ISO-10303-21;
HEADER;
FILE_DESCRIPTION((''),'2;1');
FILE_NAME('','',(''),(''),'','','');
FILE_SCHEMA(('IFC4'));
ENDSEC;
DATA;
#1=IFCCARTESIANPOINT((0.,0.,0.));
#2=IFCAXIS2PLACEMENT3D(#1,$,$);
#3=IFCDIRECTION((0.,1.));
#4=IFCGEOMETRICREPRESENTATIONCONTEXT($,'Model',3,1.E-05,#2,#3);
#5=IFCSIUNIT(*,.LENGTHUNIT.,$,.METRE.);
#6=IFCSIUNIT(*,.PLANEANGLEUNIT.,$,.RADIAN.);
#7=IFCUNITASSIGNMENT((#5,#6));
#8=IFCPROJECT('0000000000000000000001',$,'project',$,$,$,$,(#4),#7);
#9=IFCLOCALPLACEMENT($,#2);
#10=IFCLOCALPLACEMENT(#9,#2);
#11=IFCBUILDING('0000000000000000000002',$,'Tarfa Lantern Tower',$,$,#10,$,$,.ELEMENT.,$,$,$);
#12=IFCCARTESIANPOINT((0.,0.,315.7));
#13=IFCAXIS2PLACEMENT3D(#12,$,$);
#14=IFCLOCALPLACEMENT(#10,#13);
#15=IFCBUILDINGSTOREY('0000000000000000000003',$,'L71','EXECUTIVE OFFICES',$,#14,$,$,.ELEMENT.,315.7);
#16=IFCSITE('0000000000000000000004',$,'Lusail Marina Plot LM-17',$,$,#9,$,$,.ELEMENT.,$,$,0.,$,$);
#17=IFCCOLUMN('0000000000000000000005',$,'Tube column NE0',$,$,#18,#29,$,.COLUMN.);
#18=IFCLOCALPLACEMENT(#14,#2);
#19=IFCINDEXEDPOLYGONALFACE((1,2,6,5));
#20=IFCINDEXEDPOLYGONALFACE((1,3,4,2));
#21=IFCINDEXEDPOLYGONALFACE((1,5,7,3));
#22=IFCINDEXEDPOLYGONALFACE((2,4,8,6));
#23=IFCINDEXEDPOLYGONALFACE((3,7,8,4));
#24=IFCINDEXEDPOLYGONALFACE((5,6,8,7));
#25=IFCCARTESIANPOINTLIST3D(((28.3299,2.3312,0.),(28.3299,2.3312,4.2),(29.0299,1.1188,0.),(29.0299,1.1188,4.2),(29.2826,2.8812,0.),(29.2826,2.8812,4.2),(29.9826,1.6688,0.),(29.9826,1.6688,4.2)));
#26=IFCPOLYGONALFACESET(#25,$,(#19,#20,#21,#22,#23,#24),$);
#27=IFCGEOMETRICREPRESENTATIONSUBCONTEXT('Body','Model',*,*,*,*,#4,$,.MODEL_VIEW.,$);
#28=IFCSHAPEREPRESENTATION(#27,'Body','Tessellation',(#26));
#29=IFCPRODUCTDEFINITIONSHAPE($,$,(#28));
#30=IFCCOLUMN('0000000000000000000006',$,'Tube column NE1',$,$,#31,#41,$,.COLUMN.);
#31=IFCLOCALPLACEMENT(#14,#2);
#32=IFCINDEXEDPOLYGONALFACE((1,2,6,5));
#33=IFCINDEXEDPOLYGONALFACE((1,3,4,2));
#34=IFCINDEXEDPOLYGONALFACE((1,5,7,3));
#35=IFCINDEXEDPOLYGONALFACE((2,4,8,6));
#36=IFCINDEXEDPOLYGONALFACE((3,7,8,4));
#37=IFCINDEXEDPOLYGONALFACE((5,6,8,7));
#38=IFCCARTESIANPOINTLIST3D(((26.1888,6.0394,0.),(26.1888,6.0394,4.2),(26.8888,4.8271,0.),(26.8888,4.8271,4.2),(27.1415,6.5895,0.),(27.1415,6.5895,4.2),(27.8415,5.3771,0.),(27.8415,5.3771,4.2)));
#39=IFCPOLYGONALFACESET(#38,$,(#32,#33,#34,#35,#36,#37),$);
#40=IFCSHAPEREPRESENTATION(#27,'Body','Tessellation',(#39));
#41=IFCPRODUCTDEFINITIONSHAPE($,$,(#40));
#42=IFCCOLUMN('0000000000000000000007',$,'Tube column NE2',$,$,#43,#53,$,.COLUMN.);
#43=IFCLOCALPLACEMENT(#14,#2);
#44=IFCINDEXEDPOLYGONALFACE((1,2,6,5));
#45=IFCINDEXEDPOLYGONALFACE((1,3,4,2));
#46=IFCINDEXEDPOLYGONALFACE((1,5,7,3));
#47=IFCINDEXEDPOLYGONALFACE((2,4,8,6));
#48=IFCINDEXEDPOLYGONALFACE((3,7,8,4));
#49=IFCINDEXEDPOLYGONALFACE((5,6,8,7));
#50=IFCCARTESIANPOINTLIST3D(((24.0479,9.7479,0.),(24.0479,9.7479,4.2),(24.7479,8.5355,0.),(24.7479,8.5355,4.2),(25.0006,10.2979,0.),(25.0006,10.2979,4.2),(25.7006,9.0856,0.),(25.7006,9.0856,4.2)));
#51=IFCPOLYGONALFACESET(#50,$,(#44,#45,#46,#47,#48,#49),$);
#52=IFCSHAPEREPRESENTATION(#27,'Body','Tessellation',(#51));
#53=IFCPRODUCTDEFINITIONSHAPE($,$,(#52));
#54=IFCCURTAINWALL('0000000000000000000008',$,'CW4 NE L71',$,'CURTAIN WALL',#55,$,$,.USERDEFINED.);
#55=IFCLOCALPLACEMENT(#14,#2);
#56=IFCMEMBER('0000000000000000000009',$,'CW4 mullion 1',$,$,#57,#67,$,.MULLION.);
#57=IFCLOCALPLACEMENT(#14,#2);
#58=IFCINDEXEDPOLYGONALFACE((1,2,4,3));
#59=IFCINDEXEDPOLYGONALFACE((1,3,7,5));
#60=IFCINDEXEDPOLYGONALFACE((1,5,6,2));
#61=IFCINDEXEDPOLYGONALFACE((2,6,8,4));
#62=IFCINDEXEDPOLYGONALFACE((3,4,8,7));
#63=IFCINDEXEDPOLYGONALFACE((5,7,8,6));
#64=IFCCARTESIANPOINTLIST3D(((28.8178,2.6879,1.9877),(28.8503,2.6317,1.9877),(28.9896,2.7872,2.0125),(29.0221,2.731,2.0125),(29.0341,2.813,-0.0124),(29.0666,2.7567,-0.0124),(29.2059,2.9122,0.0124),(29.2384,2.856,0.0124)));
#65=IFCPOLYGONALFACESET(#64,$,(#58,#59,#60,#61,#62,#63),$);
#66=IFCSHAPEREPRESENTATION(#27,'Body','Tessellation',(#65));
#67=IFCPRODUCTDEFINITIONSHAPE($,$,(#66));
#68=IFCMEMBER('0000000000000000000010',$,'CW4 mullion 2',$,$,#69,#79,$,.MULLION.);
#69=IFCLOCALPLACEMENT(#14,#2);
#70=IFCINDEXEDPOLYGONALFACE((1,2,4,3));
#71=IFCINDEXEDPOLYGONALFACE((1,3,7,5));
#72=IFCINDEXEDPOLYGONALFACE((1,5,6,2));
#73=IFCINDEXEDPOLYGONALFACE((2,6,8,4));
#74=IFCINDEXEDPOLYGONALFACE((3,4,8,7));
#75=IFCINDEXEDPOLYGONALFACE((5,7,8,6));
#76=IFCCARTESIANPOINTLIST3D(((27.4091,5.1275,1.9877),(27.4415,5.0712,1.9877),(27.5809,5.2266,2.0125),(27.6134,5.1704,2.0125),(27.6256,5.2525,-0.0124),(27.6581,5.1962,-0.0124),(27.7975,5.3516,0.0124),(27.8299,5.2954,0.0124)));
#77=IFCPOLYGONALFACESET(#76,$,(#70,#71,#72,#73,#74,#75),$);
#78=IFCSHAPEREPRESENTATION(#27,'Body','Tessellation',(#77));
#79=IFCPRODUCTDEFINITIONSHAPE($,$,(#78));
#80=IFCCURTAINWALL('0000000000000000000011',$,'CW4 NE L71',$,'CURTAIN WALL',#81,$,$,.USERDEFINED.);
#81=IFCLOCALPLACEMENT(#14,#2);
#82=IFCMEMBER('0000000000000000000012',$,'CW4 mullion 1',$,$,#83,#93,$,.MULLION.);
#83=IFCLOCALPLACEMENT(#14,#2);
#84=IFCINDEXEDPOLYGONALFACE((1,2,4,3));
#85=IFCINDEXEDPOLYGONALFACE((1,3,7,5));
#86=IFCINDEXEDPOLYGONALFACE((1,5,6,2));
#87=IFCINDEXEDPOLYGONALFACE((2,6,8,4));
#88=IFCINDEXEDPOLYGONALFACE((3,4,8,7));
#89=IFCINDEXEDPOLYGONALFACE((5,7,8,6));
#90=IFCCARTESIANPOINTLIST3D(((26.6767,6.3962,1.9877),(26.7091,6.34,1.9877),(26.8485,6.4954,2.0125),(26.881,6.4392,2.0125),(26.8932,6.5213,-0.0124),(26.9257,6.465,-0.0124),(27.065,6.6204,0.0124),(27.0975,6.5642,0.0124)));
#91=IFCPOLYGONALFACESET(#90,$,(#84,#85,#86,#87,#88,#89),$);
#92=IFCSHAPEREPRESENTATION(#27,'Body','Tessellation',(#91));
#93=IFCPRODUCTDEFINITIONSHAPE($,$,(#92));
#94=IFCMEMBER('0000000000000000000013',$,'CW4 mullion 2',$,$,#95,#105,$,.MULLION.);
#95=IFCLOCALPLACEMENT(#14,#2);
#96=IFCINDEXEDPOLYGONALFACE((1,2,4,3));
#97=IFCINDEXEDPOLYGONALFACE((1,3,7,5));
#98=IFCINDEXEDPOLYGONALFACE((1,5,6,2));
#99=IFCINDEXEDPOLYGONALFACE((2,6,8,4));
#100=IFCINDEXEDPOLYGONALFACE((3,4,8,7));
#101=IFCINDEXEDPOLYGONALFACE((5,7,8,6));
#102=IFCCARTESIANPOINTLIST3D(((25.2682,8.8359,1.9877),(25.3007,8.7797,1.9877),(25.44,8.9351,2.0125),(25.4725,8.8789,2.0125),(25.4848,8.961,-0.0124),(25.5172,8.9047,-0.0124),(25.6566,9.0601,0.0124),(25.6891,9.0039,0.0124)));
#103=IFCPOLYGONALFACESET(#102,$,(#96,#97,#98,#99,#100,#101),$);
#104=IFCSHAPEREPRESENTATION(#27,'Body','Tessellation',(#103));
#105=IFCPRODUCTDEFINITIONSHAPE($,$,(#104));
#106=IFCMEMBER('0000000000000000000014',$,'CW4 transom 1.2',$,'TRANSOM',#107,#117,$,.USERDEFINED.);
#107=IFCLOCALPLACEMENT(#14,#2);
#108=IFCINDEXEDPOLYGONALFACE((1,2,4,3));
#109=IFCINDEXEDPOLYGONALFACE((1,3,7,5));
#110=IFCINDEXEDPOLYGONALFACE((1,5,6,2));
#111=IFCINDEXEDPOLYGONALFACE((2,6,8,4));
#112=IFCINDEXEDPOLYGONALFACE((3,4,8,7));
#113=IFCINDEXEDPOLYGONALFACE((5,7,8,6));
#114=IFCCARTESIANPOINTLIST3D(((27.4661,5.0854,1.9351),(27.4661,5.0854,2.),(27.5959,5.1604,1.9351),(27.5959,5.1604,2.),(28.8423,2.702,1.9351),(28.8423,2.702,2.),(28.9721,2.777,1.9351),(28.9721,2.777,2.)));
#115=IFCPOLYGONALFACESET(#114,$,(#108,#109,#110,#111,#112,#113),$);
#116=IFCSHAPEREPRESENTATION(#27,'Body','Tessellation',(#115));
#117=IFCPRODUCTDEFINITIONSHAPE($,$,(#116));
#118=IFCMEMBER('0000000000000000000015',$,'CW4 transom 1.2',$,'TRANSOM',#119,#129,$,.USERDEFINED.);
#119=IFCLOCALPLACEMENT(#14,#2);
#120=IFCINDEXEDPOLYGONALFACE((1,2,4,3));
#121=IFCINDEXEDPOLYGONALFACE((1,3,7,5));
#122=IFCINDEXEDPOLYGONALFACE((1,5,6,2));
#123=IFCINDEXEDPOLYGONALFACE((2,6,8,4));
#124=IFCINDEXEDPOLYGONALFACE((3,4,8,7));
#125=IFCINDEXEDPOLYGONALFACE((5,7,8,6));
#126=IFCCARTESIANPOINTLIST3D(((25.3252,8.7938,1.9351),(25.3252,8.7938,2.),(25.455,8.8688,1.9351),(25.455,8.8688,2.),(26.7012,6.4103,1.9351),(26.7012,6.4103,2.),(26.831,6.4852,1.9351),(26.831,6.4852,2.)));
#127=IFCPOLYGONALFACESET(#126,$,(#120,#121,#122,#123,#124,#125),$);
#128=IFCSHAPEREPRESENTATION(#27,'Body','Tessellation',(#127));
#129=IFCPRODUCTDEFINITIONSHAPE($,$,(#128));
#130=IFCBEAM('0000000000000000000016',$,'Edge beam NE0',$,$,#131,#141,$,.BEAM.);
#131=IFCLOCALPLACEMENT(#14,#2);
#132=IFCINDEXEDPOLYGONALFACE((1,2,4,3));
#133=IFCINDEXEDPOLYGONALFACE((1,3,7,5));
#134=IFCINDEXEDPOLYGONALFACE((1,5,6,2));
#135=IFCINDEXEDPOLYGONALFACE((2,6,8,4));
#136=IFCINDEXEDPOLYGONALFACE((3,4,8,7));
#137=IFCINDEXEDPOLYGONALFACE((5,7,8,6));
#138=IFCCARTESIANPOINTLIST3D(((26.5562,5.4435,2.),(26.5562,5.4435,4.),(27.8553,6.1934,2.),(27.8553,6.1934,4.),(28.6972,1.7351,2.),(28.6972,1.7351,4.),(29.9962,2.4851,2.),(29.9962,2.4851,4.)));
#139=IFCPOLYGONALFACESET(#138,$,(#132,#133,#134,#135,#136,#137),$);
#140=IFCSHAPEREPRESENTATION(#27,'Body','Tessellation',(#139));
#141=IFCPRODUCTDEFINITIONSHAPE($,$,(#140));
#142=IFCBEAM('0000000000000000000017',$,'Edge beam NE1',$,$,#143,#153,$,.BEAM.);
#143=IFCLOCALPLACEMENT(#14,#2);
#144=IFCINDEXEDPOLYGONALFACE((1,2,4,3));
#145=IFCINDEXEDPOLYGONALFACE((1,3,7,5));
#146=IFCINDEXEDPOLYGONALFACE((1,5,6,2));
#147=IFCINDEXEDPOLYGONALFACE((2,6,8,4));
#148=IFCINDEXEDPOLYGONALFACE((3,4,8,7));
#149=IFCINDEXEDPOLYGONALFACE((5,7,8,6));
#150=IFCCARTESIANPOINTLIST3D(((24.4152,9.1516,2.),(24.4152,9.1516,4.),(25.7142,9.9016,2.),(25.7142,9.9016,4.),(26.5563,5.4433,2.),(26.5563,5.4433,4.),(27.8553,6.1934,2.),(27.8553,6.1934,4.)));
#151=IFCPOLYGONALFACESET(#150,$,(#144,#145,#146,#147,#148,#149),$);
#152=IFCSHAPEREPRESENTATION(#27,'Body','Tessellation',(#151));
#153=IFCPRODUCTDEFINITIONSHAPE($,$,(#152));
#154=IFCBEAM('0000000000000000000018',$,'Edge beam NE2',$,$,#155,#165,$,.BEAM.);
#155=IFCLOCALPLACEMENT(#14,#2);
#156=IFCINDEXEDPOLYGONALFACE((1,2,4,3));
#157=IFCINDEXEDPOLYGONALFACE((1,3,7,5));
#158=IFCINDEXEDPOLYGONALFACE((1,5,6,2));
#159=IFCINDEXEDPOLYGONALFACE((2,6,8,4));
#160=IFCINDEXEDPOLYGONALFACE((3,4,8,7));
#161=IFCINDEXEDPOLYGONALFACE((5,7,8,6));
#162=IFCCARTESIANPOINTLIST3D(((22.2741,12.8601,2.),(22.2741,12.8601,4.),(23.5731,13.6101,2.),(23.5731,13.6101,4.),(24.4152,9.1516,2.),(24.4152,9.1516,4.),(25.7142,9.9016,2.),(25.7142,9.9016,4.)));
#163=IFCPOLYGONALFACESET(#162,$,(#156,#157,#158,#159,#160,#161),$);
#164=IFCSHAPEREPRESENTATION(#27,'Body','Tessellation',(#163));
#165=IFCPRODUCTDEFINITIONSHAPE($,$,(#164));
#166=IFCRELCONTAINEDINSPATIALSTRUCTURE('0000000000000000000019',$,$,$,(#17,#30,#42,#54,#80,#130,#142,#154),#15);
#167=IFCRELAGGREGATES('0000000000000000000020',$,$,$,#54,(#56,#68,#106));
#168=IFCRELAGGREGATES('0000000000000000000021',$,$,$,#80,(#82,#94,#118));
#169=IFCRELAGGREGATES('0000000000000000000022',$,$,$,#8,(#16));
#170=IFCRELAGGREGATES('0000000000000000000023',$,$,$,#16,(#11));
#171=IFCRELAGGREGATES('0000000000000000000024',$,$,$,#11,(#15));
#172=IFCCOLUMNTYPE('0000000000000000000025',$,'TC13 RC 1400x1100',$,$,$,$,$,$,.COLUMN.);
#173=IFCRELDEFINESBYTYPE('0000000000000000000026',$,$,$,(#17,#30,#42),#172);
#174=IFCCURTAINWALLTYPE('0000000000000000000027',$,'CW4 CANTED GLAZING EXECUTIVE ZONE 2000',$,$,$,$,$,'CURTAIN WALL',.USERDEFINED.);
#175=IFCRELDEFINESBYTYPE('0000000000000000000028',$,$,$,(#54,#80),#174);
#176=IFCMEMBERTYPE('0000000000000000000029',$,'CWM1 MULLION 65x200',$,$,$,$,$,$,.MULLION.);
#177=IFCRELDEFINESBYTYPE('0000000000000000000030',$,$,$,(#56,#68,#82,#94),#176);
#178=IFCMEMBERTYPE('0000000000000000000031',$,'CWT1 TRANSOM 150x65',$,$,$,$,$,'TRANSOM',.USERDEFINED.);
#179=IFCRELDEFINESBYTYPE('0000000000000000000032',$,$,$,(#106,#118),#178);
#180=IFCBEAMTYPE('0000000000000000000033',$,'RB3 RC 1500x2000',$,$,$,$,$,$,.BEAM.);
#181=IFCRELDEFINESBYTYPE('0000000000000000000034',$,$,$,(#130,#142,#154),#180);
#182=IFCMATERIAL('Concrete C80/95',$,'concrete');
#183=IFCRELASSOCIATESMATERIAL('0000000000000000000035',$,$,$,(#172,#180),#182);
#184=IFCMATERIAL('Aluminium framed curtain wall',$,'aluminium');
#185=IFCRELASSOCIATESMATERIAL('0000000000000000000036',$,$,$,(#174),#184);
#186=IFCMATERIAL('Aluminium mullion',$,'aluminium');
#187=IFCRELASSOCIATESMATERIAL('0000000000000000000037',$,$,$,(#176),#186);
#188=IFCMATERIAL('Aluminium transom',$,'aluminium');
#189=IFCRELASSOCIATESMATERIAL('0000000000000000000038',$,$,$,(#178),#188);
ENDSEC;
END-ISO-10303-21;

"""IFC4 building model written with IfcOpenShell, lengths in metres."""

from ifc_helpers import new_model, si_unit, direction, frame, origin, origin_2d, place, context, subcontext, project, spatial, rectangle, extrude, material, material_profile, profile_set, type_object, element, aggregate, save


model = new_model("IFC4")

# Units and contexts
model_context = context("Model", 3, precision=1e-05, world=origin(), true_north=direction((0.0, 1.0)))
body_context = subcontext(model_context, "Body", "Model", "MODEL_VIEW")
ifc_project = project(units=[si_unit("LENGTHUNIT", "METRE"), si_unit("PLANEANGLEUNIT", "RADIAN")], contexts=[model_context])

# Site, building, storey
site_placement = place(None, origin())
site = spatial("IfcSite", under=ifc_project, at=site_placement, Name="Lusail Marina Plot LM-17", CompositionType="ELEMENT", RefElevation=0.0)
building_placement = place(site_placement, origin())
building = spatial("IfcBuilding", under=site, at=building_placement, Name="Tarfa Lantern Tower", CompositionType="ELEMENT")
storey_placement = place(building_placement, frame((0.0, 0.0, 315.7)))
storey = spatial("IfcBuildingStorey", under=building, at=storey_placement, Name="L71", Description="EXECUTIVE OFFICES", CompositionType="ELEMENT", Elevation=315.7)

# Columns
ifc_material_1 = material(Name="Concrete C80/95", Category="concrete")
ifc_material_profile_1 = material_profile(ifc_material_1, rectangle(XDim=1.3999, YDim=1.1001, at=origin_2d()), Name="RC 1400x1100")
ifc_profile_set_1 = profile_set([ifc_material_profile_1], Name="Concrete C80/95")
column_type = type_object("IfcColumnType", Name="TC13 RC 1400x1100", PredefinedType="COLUMN", material=ifc_profile_set_1)
for number, where, z_axis, x_axis, name in (
    (1, (29.1562, 2.0, 0.0), (0.0, 0.0, 1.0), (-0.5, 0.866025, 0.0), "Tube column NE0"),
    (2, (27.0151, 5.7083, 0.0), (0.0, 0.0, 1.0), (-0.5, 0.866025, 0.0), "Tube column NE1"),
    (3, (24.8743, 9.4167, 0.0), (0.0, 0.0, 1.0), (-0.5, 0.866025, 0.0), "Tube column NE2"),
):
    element("IfcColumn", number, at=place(storey_placement, frame(where, z_axis=z_axis, x_axis=x_axis)), inside=storey, type_object=column_type, Name=name, PredefinedType="COLUMN", context=body_context, shape_type="SweptSolid", body=[
        extrude(rectangle(XDim=1.3999, YDim=1.1001, at=origin_2d()), origin(), (0.0, 0.0, 1.0), 4.2),
    ])

# Curtain walls, members
ifc_material_2 = material(Name="Aluminium framed curtain wall", Category="aluminium")
curtain_wall_type = type_object("IfcCurtainWallType", Name="CW4 CANTED GLAZING EXECUTIVE ZONE 2000", ElementType="CURTAIN WALL", PredefinedType="USERDEFINED", material=ifc_material_2)
curtain_wall_1_placement = place(storey_placement, origin())
curtain_wall_1 = element("IfcCurtainWall", 4, at=curtain_wall_1_placement, inside=storey, type_object=curtain_wall_type, Name="CW4 NE L71", ObjectType="CURTAIN WALL", PredefinedType="USERDEFINED")
ifc_material_3 = material(Name="Aluminium mullion", Category="aluminium")
ifc_material_profile_2 = material_profile(ifc_material_3, rectangle(XDim=0.0649, YDim=0.2, at=origin_2d()), Name="AL MULLION 65x200")
ifc_profile_set_2 = profile_set([ifc_material_profile_2], Name="Aluminium mullion")
member_type_1 = type_object("IfcMemberType", Name="CWM1 MULLION 65x200", PredefinedType="MULLION", material=ifc_profile_set_2)
member_1_placement = place(storey_placement, frame((29.1362, 2.8345, 0.0), z_axis=(-0.10732, -0.062018, 0.992288), x_axis=(0.500343, -0.865827, 0.0)))
member_1 = element("IfcMember", 5, at=member_1_placement, type_object=member_type_1, Name="CW4 mullion 1", PredefinedType="MULLION", context=body_context, shape_type="SweptSolid", body=[
    extrude(rectangle(XDim=0.0649, YDim=0.2, at=origin_2d()), origin(), (0.0, 0.0, 1.0), 2.0156),
])
member_2_placement = place(storey_placement, frame((27.7278, 5.2739, 0.0), z_axis=(-0.10744, -0.062017, 0.992275), x_axis=(0.49992, -0.866072, 0.0)))
member_2 = element("IfcMember", 6, at=member_2_placement, type_object=member_type_1, Name="CW4 mullion 2", PredefinedType="MULLION", context=body_context, shape_type="SweptSolid", body=[
    extrude(rectangle(XDim=0.0649, YDim=0.2, at=origin_2d()), origin(), (0.0, 0.0, 1.0), 2.0156),
])
curtain_wall_2_placement = place(storey_placement, origin())
curtain_wall_2 = element("IfcCurtainWall", 7, at=curtain_wall_2_placement, inside=storey, type_object=curtain_wall_type, Name="CW4 NE L71", ObjectType="CURTAIN WALL", PredefinedType="USERDEFINED")
member_3_placement = place(storey_placement, frame((26.9954, 6.5427, 0.0), z_axis=(-0.10744, -0.062017, 0.992275), x_axis=(0.49992, -0.866072, 0.0)))
member_3 = element("IfcMember", 8, at=member_3_placement, type_object=member_type_1, Name="CW4 mullion 1", PredefinedType="MULLION", context=body_context, shape_type="SweptSolid", body=[
    extrude(rectangle(XDim=0.0649, YDim=0.2, at=origin_2d()), origin(), (0.0, 0.0, 1.0), 2.0156),
])
member_4_placement = place(storey_placement, frame((25.5869, 8.9824, 0.0), z_axis=(-0.10744, -0.062017, 0.992275), x_axis=(0.49992, -0.866072, 0.0)))
member_4 = element("IfcMember", 9, at=member_4_placement, type_object=member_type_1, Name="CW4 mullion 2", PredefinedType="MULLION", context=body_context, shape_type="SweptSolid", body=[
    extrude(rectangle(XDim=0.0649, YDim=0.2, at=origin_2d()), origin(), (0.0, 0.0, 1.0), 2.0156),
])

# Members
ifc_material_4 = material(Name="Aluminium transom", Category="aluminium")
ifc_material_profile_3 = material_profile(ifc_material_4, rectangle(XDim=0.1499, YDim=0.0649, at=origin_2d()), Name="AL TRANSOM 150x65")
ifc_profile_set_3 = profile_set([ifc_material_profile_3], Name="Aluminium transom")
member_type_2 = type_object("IfcMemberType", Name="CWT1 TRANSOM 150x65", ElementType="TRANSOM", PredefinedType="USERDEFINED", material=ifc_profile_set_3)
member_5_placement = place(storey_placement, frame((28.9072, 2.7395, 1.9675), z_axis=(-0.50006, 0.865991, 0.0), x_axis=(-0.865991, -0.50006, 0.0)))
member_5 = element("IfcMember", 10, at=member_5_placement, type_object=member_type_2, Name="CW4 transom 1.2", ObjectType="TRANSOM", PredefinedType="USERDEFINED", context=body_context, shape_type="SweptSolid", body=[
    extrude(rectangle(XDim=0.1499, YDim=0.0649, at=origin_2d()), origin(), (0.0, 0.0, 1.0), 2.7522),
])
member_6_placement = place(storey_placement, frame((26.7661, 6.4478, 1.9675), z_axis=(-0.499955, 0.866051, 0.0), x_axis=(-0.866051, -0.499955, 0.0)))
member_6 = element("IfcMember", 11, at=member_6_placement, type_object=member_type_2, Name="CW4 transom 1.2", ObjectType="TRANSOM", PredefinedType="USERDEFINED", context=body_context, shape_type="SweptSolid", body=[
    extrude(rectangle(XDim=0.1499, YDim=0.0649, at=origin_2d()), origin(), (0.0, 0.0, 1.0), 2.7522),
])

# Beams
ifc_material_profile_4 = material_profile(ifc_material_1, rectangle(XDim=1.5, YDim=2.0, at=origin_2d()), Name="RC 1500x2000")
ifc_profile_set_4 = profile_set([ifc_material_profile_4], Name="Concrete C80/95")
beam_type_1 = type_object("IfcBeamType", Name="RB3 RC 1500x2000", PredefinedType="BEAM", material=ifc_profile_set_4)
for number, where, z_axis, x_axis, name in (
    (12, (29.3467, 2.1101, 3.0), (-0.499984, 0.866035, 0.0), (-0.866035, -0.499984, 0.0), "Edge beam NE0"),
    (13, (27.2058, 5.8184, 3.0), (-0.500027, 0.86601, 0.0), (-0.86601, -0.500027, 0.0), "Edge beam NE1"),
):
    element("IfcBeam", number, at=place(storey_placement, frame(where, z_axis=z_axis, x_axis=x_axis)), inside=storey, type_object=beam_type_1, Name=name, PredefinedType="BEAM", context=body_context, shape_type="SweptSolid", body=[
        extrude(rectangle(XDim=1.5, YDim=2.0, at=origin_2d()), origin(), (0.0, 0.0, 1.0), 4.282),
    ])
beam_1_placement = place(storey_placement, frame((25.0647, 9.5266, 3.0), z_axis=(-0.500002, 0.866024, 0.0), x_axis=(-0.866024, -0.500002, 0.0)))
element("IfcBeam", 14, at=beam_1_placement, inside=storey, type_object=beam_type_1, Name="Edge beam NE2", PredefinedType="BEAM", context=body_context, shape_type="SweptSolid", body=[
    extrude(rectangle(XDim=1.5, YDim=2.0, at=origin_2d()), origin(), (0.0, 0.0, 1.0), 4.2822),
])

aggregate(curtain_wall_1, [member_1, member_2, member_5])
aggregate(curtain_wall_2, [member_3, member_4, member_6])

save(model, "model.ifc")
